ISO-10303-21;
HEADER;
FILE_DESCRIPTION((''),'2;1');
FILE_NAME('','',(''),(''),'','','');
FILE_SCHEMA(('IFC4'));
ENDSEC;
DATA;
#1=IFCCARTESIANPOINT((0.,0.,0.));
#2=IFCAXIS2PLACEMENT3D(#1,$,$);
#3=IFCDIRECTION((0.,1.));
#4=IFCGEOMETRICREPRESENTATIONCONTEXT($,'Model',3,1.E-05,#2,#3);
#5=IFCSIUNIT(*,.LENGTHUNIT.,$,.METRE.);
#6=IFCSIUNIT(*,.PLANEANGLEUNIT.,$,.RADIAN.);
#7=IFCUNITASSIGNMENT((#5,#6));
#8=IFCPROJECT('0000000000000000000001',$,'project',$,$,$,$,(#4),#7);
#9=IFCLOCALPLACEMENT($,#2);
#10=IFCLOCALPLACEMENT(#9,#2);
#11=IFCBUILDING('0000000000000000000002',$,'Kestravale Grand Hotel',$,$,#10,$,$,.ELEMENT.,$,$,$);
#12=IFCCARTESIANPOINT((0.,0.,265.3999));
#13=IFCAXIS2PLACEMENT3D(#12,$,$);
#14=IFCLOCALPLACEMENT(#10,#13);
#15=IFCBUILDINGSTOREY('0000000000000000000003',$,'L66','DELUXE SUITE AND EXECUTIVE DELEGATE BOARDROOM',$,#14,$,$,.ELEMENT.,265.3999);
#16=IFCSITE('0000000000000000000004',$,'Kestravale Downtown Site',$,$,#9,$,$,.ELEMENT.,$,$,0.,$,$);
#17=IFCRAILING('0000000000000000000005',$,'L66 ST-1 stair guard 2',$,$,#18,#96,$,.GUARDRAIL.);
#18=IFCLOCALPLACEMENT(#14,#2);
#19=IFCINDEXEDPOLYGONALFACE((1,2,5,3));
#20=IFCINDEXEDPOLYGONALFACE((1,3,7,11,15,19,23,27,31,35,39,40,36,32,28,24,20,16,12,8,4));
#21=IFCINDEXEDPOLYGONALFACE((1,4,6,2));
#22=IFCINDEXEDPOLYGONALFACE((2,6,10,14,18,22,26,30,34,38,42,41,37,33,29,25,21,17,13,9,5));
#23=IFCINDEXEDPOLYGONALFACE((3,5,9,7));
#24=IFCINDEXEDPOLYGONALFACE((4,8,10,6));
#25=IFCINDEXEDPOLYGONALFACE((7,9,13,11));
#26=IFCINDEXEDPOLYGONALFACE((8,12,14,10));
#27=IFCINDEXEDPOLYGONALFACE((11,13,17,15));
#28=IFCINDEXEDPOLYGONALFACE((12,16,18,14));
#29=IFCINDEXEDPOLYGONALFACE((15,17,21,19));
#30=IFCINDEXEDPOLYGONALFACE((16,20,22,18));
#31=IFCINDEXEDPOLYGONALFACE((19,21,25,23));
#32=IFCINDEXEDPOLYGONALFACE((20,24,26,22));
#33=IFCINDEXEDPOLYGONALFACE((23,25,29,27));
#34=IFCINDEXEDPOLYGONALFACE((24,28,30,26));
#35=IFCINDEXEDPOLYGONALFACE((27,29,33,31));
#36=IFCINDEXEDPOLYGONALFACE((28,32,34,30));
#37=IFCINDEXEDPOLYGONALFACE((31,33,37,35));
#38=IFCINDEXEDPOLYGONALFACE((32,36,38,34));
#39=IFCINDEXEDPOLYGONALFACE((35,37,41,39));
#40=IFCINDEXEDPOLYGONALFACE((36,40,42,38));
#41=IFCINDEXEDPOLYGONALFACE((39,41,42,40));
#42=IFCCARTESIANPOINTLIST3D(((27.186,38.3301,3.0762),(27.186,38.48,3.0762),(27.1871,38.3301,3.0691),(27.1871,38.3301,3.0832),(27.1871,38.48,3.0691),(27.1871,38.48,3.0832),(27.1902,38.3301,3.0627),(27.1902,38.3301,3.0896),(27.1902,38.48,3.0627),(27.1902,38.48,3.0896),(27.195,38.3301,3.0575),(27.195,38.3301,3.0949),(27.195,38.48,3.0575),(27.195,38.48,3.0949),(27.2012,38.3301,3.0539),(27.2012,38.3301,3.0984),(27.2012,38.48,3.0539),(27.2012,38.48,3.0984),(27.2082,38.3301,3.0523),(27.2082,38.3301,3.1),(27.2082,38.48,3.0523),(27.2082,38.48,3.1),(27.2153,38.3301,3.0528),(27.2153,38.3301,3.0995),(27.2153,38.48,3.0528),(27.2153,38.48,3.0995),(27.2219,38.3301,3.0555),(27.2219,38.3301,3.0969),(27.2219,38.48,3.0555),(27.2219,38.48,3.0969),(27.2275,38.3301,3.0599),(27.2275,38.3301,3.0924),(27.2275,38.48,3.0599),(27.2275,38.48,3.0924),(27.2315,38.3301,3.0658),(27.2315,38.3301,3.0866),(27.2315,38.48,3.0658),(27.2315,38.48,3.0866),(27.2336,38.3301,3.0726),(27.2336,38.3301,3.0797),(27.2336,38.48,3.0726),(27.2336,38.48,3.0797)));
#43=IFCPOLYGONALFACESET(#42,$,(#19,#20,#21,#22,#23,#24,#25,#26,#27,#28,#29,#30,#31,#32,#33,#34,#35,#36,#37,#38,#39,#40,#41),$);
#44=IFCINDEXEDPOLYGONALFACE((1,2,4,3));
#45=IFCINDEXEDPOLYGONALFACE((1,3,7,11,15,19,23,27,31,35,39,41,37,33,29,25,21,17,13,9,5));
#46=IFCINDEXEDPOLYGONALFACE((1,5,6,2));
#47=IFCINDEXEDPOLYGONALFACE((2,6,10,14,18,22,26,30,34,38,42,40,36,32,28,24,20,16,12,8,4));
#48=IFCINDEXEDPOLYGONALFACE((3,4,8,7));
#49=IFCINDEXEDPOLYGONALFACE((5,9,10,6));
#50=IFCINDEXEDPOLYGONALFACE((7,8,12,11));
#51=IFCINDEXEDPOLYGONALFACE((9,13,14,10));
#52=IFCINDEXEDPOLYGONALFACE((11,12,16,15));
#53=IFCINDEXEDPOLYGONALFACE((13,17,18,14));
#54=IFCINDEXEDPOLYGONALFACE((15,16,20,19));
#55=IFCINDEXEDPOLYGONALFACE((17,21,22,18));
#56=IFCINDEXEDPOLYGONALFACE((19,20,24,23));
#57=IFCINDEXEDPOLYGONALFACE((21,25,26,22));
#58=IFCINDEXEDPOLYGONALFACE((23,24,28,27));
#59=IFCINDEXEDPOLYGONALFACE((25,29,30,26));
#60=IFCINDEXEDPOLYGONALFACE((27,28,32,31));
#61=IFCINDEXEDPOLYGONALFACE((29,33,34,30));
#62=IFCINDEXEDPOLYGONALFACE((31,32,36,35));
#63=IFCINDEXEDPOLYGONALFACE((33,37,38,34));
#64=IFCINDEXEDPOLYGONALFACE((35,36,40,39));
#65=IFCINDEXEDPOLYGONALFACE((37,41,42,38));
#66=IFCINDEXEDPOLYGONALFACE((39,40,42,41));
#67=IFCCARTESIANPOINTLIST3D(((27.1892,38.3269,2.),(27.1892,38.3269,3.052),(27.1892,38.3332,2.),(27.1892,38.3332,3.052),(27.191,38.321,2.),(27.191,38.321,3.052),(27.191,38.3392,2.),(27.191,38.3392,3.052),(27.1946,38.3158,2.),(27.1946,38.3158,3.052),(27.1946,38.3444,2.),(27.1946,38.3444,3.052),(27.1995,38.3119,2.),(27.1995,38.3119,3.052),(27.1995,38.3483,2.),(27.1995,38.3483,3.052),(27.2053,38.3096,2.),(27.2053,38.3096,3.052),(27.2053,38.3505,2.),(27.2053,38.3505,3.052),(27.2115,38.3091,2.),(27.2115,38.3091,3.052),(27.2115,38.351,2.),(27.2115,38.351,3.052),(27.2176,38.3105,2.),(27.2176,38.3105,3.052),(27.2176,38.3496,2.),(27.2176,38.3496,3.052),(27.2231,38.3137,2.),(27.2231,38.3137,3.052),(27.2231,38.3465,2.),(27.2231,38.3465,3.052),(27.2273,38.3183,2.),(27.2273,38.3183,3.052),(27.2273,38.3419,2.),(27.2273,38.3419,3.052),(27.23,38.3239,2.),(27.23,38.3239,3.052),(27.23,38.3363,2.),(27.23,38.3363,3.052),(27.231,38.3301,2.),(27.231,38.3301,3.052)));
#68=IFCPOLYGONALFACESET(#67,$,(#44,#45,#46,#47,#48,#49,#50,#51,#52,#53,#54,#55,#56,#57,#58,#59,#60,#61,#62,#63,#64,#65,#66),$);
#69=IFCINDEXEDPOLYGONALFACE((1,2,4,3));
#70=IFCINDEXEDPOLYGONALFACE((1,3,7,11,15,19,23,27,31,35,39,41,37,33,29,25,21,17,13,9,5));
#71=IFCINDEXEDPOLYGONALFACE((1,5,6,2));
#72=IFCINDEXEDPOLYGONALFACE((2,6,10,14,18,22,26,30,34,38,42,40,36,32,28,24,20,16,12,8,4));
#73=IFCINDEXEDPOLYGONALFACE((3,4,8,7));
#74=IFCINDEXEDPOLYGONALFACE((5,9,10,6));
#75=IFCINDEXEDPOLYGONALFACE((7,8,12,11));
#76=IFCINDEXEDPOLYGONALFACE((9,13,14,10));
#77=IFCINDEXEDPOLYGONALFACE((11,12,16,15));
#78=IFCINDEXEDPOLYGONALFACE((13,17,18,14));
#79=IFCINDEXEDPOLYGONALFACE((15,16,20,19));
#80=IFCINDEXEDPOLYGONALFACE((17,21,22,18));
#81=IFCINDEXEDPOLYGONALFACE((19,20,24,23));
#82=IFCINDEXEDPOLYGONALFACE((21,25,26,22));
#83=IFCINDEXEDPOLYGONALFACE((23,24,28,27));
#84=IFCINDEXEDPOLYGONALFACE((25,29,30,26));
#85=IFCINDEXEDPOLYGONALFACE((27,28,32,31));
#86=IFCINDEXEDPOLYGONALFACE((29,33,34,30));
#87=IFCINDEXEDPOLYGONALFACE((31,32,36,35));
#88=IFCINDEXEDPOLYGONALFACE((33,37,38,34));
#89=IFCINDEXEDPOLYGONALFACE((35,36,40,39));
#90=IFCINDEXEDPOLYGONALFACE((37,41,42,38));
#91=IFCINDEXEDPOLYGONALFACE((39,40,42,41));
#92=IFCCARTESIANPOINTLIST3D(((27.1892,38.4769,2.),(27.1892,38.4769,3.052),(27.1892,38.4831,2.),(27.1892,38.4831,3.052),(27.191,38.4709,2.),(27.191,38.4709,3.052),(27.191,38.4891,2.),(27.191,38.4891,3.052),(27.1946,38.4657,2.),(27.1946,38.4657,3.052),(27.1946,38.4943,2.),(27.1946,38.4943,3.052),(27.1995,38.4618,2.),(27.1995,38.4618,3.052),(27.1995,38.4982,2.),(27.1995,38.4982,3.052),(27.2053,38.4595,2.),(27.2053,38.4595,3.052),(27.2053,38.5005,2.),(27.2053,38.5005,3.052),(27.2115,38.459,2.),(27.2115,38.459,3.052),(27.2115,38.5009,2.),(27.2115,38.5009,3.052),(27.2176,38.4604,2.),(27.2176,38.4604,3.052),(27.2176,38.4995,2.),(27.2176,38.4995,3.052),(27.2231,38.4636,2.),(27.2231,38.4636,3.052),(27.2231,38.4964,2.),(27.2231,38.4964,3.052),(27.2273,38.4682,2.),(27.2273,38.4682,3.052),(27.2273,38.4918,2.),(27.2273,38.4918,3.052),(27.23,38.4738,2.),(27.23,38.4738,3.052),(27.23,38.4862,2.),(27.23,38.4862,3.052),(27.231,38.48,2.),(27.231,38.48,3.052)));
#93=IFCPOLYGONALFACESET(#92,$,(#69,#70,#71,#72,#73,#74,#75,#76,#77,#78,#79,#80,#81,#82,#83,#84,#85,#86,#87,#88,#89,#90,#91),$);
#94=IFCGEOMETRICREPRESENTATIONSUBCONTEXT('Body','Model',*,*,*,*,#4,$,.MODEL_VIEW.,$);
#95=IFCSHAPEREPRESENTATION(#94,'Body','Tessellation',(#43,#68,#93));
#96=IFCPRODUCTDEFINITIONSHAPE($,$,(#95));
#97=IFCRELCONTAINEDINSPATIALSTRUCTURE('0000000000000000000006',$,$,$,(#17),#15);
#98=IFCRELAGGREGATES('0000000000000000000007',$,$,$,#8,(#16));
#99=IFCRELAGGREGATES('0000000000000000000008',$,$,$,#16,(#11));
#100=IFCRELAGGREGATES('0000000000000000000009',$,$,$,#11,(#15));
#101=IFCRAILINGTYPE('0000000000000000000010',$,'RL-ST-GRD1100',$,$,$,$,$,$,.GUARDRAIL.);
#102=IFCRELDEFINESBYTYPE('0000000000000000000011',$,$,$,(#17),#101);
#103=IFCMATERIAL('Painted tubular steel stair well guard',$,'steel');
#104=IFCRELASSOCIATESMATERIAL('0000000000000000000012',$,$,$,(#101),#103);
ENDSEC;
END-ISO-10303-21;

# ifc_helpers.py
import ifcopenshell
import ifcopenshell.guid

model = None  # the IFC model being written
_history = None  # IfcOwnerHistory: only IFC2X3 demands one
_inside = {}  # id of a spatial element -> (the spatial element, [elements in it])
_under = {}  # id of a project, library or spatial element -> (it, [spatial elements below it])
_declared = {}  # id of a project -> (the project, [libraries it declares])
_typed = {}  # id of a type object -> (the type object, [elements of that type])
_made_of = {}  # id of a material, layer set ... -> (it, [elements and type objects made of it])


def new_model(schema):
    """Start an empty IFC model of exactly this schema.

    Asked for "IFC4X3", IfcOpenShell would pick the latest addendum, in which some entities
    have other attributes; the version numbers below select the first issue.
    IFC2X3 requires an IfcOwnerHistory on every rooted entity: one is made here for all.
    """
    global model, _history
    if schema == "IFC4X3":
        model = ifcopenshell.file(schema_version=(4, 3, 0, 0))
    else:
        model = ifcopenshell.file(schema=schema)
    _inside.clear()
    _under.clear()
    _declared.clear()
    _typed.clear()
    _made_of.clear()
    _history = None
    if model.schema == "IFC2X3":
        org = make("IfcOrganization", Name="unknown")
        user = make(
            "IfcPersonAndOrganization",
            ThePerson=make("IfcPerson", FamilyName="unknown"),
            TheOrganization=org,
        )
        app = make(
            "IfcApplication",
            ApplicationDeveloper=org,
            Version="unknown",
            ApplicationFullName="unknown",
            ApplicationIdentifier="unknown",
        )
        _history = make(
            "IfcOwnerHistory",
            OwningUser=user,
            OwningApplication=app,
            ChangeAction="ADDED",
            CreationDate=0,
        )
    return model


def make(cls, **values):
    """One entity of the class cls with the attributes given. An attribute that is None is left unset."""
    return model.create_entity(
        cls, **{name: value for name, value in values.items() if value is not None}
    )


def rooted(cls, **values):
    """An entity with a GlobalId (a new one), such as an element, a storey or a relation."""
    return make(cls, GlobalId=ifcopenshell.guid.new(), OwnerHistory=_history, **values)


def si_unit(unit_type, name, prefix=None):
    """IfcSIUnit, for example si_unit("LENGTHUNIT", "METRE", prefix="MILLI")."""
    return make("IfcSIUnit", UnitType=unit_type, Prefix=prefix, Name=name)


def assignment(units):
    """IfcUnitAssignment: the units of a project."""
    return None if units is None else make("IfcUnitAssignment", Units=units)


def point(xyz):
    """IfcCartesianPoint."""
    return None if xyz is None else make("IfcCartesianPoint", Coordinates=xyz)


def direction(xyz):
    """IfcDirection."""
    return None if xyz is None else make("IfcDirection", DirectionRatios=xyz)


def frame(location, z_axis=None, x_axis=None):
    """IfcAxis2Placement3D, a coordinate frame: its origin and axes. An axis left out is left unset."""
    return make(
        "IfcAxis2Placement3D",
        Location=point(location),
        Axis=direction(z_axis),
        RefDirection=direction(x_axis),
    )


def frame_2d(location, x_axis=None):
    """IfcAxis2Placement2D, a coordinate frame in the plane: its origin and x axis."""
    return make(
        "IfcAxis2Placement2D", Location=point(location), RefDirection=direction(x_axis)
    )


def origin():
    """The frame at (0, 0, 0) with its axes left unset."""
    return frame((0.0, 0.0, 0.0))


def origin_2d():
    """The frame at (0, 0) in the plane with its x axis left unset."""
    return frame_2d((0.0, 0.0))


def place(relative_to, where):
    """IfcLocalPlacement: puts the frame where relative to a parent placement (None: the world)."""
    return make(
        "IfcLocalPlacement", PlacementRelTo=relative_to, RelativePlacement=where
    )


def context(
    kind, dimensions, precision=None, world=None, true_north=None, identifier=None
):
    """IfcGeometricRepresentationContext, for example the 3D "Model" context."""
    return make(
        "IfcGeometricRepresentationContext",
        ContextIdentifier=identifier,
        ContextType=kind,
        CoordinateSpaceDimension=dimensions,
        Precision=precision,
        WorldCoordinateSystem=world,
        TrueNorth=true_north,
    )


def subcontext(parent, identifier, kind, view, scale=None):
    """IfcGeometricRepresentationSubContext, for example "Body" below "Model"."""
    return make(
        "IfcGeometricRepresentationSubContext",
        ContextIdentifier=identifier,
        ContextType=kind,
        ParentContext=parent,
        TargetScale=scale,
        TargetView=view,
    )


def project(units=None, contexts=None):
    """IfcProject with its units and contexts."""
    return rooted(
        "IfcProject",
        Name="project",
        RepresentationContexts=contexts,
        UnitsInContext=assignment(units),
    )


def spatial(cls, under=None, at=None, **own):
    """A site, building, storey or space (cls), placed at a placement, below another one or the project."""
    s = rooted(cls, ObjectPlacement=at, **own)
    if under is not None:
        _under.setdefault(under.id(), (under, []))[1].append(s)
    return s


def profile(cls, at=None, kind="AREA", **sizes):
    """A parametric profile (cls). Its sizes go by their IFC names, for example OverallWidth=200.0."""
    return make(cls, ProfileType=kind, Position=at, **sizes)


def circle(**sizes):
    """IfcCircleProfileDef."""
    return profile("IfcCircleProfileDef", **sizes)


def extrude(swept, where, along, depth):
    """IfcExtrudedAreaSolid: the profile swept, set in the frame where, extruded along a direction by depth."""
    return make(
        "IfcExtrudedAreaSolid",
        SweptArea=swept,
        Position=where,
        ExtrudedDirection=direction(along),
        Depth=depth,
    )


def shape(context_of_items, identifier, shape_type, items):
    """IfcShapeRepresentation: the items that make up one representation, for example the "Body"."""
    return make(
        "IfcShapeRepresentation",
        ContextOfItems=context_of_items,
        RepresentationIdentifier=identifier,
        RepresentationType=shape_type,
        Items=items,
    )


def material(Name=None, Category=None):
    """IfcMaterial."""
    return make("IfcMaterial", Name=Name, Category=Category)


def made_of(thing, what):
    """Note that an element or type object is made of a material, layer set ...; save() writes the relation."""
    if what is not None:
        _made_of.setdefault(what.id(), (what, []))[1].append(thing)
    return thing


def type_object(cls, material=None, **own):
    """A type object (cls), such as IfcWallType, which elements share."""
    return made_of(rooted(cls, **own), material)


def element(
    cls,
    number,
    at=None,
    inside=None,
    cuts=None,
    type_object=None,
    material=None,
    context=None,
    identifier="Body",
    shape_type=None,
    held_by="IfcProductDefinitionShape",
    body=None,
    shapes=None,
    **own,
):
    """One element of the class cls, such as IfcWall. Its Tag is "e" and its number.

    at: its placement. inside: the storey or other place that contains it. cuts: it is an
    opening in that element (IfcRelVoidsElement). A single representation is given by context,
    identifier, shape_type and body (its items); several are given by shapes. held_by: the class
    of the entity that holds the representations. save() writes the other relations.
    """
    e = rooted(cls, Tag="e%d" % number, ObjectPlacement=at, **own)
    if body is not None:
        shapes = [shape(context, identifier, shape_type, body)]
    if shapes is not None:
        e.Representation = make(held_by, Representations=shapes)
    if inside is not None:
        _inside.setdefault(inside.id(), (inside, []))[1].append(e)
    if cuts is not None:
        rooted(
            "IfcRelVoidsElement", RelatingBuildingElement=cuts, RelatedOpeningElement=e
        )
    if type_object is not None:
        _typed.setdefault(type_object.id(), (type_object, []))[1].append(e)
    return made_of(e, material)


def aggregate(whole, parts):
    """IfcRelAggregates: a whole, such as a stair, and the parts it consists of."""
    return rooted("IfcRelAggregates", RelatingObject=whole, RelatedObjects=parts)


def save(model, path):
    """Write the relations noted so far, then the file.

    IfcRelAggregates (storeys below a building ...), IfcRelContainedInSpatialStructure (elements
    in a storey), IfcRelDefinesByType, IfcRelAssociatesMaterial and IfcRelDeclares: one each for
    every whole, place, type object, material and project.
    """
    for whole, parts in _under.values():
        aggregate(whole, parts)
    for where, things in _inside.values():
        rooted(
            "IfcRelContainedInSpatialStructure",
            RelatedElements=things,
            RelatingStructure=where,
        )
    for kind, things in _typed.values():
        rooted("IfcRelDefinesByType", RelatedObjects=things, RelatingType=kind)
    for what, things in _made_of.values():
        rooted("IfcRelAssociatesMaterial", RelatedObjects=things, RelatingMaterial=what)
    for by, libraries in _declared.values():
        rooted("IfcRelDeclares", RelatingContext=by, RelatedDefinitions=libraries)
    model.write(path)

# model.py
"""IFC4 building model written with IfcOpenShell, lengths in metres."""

from ifc_helpers import new_model, si_unit, direction, frame, origin, origin_2d, place, context, subcontext, project, spatial, circle, extrude, material, type_object, element, save


model = new_model("IFC4")

# Units and contexts
model_context = context("Model", 3, precision=1e-05, world=origin(), true_north=direction((0.0, 1.0)))
body_context = subcontext(model_context, "Body", "Model", "MODEL_VIEW")
ifc_project = project(units=[si_unit("LENGTHUNIT", "METRE"), si_unit("PLANEANGLEUNIT", "RADIAN")], contexts=[model_context])

# Site, building, storey
site_placement = place(None, origin())
site = spatial("IfcSite", under=ifc_project, at=site_placement, Name="Kestravale Downtown Site", CompositionType="ELEMENT", RefElevation=0.0)
building_placement = place(site_placement, origin())
building = spatial("IfcBuilding", under=site, at=building_placement, Name="Kestravale Grand Hotel", CompositionType="ELEMENT")
storey_placement = place(building_placement, frame((0.0, 0.0, 265.3999)))
storey = spatial("IfcBuildingStorey", under=building, at=storey_placement, Name="L66", Description="DELUXE SUITE AND EXECUTIVE DELEGATE BOARDROOM", CompositionType="ELEMENT", Elevation=265.3999)

# Railing
ifc_material_1 = material(Name="Painted tubular steel stair well guard", Category="steel")
railing_type_1 = type_object("IfcRailingType", Name="RL-ST-GRD1100", PredefinedType="GUARDRAIL", material=ifc_material_1)
railing_1_placement = place(storey_placement, frame((27.21, 38.3301, 2.0)))
element("IfcRailing", 1, at=railing_1_placement, inside=storey, type_object=railing_type_1, Name="L66 ST-1 stair guard 2", PredefinedType="GUARDRAIL", context=body_context, shape_type="SweptSolid", body=[
    extrude(circle(Radius=0.0239, at=origin_2d()), frame((0.0, 0.0, 1.0762), z_axis=(0.0, 1.0, 0.0), x_axis=(-1.0, 0.0, 0.0)), (0.0, 0.0, 1.0), 0.1499),
    extrude(circle(Radius=0.021, at=origin_2d()), origin(), (0.0, 0.0, 1.0), 1.052),
    extrude(circle(Radius=0.021, at=origin_2d()), frame((0.0, 0.1499, 0.0)), (0.0, 0.0, 1.0), 1.052),
])

save(model, "model.ifc")
